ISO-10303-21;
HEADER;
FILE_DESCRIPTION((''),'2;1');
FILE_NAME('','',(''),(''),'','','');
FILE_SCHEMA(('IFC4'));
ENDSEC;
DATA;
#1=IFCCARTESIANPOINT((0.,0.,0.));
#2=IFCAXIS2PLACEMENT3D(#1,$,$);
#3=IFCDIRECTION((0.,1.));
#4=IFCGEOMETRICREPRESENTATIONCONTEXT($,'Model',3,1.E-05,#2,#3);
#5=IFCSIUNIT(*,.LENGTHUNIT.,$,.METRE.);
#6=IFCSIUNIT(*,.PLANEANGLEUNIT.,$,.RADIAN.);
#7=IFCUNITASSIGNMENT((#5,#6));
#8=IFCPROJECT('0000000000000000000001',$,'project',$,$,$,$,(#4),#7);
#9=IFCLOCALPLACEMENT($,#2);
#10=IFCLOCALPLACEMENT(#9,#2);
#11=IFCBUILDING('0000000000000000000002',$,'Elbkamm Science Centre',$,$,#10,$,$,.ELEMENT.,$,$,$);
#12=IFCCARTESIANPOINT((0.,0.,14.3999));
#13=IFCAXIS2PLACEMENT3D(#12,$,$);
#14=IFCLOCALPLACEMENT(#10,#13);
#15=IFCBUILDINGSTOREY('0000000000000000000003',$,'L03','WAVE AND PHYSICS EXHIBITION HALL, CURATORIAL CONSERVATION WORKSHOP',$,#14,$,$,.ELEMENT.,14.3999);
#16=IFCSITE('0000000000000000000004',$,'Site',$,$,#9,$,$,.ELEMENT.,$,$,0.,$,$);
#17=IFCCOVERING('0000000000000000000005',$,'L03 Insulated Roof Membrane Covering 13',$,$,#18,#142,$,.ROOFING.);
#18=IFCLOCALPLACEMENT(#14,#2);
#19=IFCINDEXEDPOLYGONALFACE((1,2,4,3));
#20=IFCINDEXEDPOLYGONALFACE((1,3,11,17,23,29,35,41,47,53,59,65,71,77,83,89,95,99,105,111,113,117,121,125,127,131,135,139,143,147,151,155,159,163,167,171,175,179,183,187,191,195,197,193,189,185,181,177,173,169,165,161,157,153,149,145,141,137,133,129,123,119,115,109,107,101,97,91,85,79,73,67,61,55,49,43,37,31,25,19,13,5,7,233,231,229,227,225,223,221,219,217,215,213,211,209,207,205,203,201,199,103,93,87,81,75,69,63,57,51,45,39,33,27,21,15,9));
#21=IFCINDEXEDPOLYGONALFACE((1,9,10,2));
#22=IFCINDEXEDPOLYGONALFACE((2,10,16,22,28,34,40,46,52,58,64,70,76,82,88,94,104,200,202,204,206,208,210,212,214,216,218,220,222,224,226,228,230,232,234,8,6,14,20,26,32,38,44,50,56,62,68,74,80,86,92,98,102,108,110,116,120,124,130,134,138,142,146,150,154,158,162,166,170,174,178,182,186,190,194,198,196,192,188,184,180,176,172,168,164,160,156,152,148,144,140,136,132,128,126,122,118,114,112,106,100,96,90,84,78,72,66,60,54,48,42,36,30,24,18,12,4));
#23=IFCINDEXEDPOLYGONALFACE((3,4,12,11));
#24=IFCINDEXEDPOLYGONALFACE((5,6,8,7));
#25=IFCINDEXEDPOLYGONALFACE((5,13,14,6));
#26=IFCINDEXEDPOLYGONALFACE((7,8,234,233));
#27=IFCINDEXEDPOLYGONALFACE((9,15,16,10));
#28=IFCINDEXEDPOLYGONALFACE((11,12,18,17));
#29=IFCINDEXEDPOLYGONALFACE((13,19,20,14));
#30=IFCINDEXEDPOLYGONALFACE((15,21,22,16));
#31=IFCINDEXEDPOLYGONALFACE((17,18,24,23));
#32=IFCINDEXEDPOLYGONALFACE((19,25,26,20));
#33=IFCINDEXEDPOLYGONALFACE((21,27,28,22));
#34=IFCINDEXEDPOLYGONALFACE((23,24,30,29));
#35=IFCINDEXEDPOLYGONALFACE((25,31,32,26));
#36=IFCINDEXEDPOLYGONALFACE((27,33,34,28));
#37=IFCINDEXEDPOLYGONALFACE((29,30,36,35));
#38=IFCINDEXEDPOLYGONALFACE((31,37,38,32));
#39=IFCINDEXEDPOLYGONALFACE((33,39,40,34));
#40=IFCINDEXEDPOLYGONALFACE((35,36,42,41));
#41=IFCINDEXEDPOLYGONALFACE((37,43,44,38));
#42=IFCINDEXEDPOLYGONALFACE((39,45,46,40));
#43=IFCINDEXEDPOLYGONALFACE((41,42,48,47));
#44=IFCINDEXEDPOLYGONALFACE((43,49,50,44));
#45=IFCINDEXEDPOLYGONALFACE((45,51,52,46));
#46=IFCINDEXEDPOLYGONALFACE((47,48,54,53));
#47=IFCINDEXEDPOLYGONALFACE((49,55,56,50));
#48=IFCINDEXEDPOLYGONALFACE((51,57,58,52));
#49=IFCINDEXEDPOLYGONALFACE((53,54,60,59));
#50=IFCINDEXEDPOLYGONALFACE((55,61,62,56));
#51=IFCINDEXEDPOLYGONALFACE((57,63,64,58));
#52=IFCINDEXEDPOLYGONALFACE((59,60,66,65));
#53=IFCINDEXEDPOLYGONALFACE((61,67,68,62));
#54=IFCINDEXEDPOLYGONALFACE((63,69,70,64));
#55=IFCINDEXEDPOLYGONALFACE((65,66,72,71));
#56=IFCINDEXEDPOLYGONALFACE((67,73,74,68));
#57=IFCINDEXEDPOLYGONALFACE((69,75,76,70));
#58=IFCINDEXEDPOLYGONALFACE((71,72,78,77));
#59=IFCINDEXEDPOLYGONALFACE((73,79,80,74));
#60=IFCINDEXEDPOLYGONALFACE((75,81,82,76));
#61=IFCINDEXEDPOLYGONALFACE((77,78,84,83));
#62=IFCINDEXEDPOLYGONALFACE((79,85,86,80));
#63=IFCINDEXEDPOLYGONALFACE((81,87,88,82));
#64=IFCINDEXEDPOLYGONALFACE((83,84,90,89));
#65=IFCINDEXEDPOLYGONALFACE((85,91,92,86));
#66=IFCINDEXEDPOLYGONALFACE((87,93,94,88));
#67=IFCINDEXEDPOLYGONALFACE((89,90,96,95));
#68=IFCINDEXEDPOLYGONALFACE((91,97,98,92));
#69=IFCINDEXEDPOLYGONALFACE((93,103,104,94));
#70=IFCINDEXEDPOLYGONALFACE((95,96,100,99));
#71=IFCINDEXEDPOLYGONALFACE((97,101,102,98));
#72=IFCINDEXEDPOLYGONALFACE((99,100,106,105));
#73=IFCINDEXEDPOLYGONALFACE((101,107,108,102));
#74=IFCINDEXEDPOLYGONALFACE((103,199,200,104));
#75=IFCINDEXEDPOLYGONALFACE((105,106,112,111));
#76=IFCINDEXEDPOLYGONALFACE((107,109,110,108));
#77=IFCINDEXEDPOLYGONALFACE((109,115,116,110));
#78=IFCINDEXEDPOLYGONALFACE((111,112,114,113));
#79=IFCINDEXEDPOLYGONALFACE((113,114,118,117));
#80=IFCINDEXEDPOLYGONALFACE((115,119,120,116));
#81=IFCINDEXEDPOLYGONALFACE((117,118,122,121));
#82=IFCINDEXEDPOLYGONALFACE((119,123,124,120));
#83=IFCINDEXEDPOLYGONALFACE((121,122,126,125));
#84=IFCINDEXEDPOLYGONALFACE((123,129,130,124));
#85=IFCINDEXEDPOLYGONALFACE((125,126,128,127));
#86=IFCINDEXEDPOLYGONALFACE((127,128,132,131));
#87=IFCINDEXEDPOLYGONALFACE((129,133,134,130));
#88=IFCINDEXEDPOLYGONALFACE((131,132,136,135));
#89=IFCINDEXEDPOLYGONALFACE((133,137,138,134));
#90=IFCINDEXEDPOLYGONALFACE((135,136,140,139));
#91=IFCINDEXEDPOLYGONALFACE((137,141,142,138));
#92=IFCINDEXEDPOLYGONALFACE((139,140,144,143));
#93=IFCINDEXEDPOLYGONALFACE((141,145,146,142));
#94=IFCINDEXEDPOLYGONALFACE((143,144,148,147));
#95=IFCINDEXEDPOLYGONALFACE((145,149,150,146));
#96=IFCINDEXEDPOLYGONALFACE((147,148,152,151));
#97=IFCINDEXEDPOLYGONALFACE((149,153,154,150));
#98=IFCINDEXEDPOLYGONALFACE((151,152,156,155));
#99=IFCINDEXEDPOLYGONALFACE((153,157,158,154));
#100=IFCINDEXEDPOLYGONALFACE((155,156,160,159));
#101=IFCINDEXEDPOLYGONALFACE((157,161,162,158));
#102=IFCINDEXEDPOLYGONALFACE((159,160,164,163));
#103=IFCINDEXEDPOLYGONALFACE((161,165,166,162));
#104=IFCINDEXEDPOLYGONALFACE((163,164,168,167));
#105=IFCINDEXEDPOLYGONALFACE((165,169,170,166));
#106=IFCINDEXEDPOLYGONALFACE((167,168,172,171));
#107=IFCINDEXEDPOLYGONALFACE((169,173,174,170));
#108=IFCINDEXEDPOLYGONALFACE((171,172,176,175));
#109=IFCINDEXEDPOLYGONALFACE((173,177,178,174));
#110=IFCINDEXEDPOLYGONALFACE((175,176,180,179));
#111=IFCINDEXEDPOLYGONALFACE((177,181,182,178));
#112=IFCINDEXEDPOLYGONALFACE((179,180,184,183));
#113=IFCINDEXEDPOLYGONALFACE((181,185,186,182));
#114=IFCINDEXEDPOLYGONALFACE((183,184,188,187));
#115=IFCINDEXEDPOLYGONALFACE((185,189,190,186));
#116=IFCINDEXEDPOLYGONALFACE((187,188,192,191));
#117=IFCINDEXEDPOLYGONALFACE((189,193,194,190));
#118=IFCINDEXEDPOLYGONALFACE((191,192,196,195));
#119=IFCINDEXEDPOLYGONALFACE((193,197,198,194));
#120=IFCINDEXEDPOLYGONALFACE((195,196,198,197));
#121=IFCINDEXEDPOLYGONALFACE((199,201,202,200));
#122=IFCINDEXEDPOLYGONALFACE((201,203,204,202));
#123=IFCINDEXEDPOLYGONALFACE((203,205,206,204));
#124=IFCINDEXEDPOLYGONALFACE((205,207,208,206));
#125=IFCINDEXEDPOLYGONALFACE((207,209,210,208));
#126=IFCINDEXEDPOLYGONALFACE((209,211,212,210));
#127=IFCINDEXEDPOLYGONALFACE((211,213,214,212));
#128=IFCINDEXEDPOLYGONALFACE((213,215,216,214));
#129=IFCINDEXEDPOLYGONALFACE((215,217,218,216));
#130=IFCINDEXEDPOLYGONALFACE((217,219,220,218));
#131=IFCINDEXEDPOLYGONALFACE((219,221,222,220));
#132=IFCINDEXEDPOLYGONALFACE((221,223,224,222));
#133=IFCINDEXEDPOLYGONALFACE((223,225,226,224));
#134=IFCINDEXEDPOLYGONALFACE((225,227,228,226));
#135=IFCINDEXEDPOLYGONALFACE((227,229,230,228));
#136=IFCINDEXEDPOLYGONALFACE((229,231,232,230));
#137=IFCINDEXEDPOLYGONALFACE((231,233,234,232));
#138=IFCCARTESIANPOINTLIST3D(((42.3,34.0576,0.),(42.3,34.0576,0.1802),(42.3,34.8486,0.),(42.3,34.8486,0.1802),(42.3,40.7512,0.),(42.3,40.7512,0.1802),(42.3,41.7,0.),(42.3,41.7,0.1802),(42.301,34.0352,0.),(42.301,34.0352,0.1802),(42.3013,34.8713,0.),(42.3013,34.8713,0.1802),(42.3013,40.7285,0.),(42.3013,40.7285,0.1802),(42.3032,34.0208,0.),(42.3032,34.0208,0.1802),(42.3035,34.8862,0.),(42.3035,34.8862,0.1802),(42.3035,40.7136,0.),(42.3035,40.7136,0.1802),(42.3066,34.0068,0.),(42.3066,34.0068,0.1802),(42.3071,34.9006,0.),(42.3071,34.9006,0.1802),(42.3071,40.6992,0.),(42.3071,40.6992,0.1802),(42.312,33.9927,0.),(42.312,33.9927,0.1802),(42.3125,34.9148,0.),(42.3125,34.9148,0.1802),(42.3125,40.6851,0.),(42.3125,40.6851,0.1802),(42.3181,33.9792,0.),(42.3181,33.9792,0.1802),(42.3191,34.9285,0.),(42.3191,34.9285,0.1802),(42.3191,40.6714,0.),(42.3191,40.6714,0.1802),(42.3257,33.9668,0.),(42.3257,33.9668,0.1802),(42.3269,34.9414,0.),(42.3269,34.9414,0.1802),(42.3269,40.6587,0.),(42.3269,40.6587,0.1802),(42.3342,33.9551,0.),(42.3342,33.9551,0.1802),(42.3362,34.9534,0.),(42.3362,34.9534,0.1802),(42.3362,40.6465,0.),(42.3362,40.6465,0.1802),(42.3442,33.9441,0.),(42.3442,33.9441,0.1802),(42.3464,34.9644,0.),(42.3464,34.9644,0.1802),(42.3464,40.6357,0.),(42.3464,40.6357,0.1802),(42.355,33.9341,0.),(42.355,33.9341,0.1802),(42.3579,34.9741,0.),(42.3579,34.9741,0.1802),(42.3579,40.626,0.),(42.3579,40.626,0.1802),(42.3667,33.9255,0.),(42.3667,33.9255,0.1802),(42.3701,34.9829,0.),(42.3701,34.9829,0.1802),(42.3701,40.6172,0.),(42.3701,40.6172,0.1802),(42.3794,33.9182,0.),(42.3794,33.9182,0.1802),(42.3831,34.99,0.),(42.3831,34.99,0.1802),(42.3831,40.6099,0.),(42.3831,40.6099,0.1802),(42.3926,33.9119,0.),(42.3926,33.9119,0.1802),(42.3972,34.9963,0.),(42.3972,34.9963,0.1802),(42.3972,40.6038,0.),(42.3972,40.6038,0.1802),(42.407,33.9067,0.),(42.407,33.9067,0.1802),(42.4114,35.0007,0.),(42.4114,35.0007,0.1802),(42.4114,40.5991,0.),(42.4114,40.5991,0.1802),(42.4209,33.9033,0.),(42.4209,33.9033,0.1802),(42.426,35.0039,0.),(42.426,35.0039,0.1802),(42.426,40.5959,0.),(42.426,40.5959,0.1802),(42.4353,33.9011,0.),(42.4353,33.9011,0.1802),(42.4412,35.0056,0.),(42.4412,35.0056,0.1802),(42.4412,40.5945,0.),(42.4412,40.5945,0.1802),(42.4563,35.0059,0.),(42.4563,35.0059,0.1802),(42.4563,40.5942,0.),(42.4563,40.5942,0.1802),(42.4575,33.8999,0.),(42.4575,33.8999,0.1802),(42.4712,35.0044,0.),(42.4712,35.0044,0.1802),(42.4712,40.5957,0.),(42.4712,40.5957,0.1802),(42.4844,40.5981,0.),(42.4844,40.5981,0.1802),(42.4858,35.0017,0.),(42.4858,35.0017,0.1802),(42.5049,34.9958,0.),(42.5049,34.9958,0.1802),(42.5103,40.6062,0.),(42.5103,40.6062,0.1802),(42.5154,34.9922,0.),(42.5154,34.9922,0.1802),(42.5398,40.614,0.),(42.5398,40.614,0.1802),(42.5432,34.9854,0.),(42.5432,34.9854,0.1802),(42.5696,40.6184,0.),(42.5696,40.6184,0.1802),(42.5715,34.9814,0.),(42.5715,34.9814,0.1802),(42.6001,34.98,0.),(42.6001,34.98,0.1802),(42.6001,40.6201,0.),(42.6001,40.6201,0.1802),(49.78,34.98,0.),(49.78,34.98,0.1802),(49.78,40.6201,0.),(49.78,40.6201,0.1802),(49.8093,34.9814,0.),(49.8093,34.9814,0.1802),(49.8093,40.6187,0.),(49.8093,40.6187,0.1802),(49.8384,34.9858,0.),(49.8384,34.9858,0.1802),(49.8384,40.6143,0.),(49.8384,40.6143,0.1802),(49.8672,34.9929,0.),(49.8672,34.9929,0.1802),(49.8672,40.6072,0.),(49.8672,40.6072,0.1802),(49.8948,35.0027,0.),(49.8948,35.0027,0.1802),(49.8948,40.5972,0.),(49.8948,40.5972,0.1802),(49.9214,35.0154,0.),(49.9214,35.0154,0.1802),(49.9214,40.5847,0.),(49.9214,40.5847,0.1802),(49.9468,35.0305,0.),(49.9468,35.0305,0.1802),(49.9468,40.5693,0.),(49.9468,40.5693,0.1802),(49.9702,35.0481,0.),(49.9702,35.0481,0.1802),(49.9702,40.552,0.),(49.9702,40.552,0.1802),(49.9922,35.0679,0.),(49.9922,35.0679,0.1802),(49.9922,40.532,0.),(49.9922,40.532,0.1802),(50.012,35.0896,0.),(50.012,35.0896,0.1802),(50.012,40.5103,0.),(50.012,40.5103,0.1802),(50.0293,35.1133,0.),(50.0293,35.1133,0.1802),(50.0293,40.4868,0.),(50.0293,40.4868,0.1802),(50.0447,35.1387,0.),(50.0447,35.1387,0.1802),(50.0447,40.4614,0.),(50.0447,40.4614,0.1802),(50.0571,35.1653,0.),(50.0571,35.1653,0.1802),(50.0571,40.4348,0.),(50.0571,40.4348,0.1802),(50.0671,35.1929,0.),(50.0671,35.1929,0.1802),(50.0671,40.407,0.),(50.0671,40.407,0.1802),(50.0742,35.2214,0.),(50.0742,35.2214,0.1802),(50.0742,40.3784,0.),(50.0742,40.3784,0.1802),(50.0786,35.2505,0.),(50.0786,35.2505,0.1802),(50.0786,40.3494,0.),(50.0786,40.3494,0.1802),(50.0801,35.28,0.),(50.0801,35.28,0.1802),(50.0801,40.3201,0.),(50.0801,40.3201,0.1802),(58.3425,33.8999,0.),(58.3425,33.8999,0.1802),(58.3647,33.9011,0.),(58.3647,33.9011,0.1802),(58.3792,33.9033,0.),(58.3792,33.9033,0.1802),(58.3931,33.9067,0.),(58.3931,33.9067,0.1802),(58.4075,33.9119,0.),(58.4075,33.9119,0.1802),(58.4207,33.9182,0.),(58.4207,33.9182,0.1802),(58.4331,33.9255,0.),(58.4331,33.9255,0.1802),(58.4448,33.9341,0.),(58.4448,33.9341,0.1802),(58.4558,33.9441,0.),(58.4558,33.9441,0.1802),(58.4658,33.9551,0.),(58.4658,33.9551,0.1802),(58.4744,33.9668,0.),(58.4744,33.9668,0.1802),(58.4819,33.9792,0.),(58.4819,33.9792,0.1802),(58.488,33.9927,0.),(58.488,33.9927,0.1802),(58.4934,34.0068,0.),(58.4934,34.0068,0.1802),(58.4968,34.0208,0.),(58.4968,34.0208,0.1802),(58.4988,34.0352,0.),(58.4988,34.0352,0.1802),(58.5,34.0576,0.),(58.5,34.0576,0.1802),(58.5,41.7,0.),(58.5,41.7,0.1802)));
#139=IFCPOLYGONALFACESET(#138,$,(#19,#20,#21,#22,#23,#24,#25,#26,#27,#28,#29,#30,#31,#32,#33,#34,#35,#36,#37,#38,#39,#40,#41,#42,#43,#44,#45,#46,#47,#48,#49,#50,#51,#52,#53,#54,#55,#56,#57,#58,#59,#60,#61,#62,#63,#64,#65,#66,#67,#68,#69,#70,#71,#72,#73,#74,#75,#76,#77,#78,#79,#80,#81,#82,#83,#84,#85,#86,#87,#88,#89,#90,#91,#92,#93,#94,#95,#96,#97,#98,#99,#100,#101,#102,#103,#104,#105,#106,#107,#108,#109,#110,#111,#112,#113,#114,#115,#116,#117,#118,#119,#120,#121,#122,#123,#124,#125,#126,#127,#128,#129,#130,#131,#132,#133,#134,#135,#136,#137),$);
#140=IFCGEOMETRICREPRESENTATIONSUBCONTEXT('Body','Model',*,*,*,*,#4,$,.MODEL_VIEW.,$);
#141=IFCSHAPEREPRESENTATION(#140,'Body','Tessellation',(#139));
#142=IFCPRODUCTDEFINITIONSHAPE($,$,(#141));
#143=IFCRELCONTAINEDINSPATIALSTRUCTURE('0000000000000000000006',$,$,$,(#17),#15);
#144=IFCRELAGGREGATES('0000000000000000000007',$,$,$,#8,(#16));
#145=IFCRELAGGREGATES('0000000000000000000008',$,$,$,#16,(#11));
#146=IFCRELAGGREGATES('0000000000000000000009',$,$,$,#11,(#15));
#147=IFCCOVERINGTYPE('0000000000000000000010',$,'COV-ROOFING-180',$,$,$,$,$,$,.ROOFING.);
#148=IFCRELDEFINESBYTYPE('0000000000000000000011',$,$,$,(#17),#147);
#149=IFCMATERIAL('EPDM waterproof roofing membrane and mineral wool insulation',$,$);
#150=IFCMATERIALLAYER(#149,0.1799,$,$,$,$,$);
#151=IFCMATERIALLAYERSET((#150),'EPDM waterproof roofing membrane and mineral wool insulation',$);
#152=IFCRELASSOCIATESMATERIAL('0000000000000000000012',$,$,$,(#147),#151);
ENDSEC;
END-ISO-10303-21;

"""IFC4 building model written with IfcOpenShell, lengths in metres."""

from ifc_helpers import new_model, si_unit, direction, frame, origin, place, context, subcontext, project, spatial, polyline, outline, extrude, material, layer, layer_set, type_object, element, save


model = new_model("IFC4")

# Units and contexts
model_context = context("Model", 3, precision=1e-05, world=origin(), true_north=direction((0.0, 1.0)))
body_context = subcontext(model_context, "Body", "Model", "MODEL_VIEW")
ifc_project = project(units=[si_unit("LENGTHUNIT", "METRE"), si_unit("PLANEANGLEUNIT", "RADIAN")], contexts=[model_context])

# Site, building, storey
site_placement = place(None, origin())
site = spatial("IfcSite", under=ifc_project, at=site_placement, Name="Site", CompositionType="ELEMENT", RefElevation=0.0)
building_placement = place(site_placement, origin())
building = spatial("IfcBuilding", under=site, at=building_placement, Name="Elbkamm Science Centre", CompositionType="ELEMENT")
storey_placement = place(building_placement, frame((0.0, 0.0, 14.3999)))
storey = spatial("IfcBuildingStorey", under=building, at=storey_placement, Name="L03", Description="WAVE AND PHYSICS EXHIBITION HALL, CURATORIAL CONSERVATION WORKSHOP", CompositionType="ELEMENT", Elevation=14.3999)

# Covering
ifc_material_1 = material(Name="EPDM waterproof roofing membrane and mineral wool insulation")
ifc_layer_1 = layer(ifc_material_1, 0.1799)
ifc_layer_set_1 = layer_set([ifc_layer_1], Name="EPDM waterproof roofing membrane and mineral wool insulation")
covering_type = type_object("IfcCoveringType", Name="COV-ROOFING-180", PredefinedType="ROOFING", material=ifc_layer_set_1)
covering_1_placement = place(storey_placement, origin())
element("IfcCovering", 1, at=covering_1_placement, inside=storey, type_object=covering_type, Name="L03 Insulated Roof Membrane Covering 13", PredefinedType="ROOFING", context=body_context, shape_type="SweptSolid", body=[
    extrude(outline(polyline([(42.3035, 34.8862), (42.3071, 34.9006), (42.3125, 34.9148), (42.3191, 34.9285), (42.3269, 34.9414), (42.3362, 34.9534), (42.3464, 34.9644), (42.3579, 34.9741), (42.3701, 34.9829), (42.3831, 34.99), (42.3972, 34.9963), (42.4114, 35.0007), (42.426, 35.0039), (42.4412, 35.0056), (42.4563, 35.0059), (42.4712, 35.0044), (42.4858, 35.0017), (42.5049, 34.9958), (42.5154, 34.9922), (42.5432, 34.9854), (42.5715, 34.9814), (42.6001, 34.98), (49.78, 34.98), (49.8093, 34.9814), (49.8384, 34.9858), (49.8672, 34.9929), (49.8948, 35.0027), (49.9214, 35.0154), (49.9468, 35.0305), (49.9702, 35.0481), (49.9922, 35.0679), (50.012, 35.0896), (50.0293, 35.1133), (50.0447, 35.1387), (50.0571, 35.1653), (50.0671, 35.1929), (50.0742, 35.2214), (50.0786, 35.2505), (50.0801, 35.28), (50.0801, 40.3201), (50.0786, 40.3494), (50.0742, 40.3784), (50.0671, 40.407), (50.0571, 40.4348), (50.0447, 40.4614), (50.0293, 40.4868), (50.012, 40.5103), (49.9922, 40.532), (49.9702, 40.552), (49.9468, 40.5693), (49.9214, 40.5847), (49.8948, 40.5972), (49.8672, 40.6072), (49.8384, 40.6143), (49.8093, 40.6187), (49.78, 40.6201), (42.6001, 40.6201), (42.5696, 40.6184), (42.5398, 40.614), (42.5103, 40.6062), (42.4844, 40.5981), (42.4712, 40.5957), (42.4563, 40.5942), (42.4412, 40.5945), (42.426, 40.5959), (42.4114, 40.5991), (42.3972, 40.6038), (42.3831, 40.6099), (42.3701, 40.6172), (42.3579, 40.626), (42.3464, 40.6357), (42.3362, 40.6465), (42.3269, 40.6587), (42.3191, 40.6714), (42.3125, 40.6851), (42.3071, 40.6992), (42.3035, 40.7136), (42.3013, 40.7285), (42.3, 40.7512), (42.3, 41.7), (58.5, 41.7), (58.5, 34.0576), (58.4988, 34.0352), (58.4968, 34.0208), (58.4934, 34.0068), (58.488, 33.9927), (58.4819, 33.9792), (58.4744, 33.9668), (58.4658, 33.9551), (58.4558, 33.9441), (58.4448, 33.9341), (58.4331, 33.9255), (58.4207, 33.9182), (58.4075, 33.9119), (58.3931, 33.9067), (58.3792, 33.9033), (58.3647, 33.9011), (58.3425, 33.8999), (42.4575, 33.8999), (42.4353, 33.9011), (42.4209, 33.9033), (42.407, 33.9067), (42.3926, 33.9119), (42.3794, 33.9182), (42.3667, 33.9255), (42.355, 33.9341), (42.3442, 33.9441), (42.3342, 33.9551), (42.3257, 33.9668), (42.3181, 33.9792), (42.312, 33.9927), (42.3066, 34.0068), (42.3032, 34.0208), (42.301, 34.0352), (42.3, 34.0576), (42.3, 34.8486), (42.3013, 34.8713), (42.3035, 34.8862)])), origin(), (0.0, 0.0, 1.0), 0.1802),
])

save(model, "model.ifc")
